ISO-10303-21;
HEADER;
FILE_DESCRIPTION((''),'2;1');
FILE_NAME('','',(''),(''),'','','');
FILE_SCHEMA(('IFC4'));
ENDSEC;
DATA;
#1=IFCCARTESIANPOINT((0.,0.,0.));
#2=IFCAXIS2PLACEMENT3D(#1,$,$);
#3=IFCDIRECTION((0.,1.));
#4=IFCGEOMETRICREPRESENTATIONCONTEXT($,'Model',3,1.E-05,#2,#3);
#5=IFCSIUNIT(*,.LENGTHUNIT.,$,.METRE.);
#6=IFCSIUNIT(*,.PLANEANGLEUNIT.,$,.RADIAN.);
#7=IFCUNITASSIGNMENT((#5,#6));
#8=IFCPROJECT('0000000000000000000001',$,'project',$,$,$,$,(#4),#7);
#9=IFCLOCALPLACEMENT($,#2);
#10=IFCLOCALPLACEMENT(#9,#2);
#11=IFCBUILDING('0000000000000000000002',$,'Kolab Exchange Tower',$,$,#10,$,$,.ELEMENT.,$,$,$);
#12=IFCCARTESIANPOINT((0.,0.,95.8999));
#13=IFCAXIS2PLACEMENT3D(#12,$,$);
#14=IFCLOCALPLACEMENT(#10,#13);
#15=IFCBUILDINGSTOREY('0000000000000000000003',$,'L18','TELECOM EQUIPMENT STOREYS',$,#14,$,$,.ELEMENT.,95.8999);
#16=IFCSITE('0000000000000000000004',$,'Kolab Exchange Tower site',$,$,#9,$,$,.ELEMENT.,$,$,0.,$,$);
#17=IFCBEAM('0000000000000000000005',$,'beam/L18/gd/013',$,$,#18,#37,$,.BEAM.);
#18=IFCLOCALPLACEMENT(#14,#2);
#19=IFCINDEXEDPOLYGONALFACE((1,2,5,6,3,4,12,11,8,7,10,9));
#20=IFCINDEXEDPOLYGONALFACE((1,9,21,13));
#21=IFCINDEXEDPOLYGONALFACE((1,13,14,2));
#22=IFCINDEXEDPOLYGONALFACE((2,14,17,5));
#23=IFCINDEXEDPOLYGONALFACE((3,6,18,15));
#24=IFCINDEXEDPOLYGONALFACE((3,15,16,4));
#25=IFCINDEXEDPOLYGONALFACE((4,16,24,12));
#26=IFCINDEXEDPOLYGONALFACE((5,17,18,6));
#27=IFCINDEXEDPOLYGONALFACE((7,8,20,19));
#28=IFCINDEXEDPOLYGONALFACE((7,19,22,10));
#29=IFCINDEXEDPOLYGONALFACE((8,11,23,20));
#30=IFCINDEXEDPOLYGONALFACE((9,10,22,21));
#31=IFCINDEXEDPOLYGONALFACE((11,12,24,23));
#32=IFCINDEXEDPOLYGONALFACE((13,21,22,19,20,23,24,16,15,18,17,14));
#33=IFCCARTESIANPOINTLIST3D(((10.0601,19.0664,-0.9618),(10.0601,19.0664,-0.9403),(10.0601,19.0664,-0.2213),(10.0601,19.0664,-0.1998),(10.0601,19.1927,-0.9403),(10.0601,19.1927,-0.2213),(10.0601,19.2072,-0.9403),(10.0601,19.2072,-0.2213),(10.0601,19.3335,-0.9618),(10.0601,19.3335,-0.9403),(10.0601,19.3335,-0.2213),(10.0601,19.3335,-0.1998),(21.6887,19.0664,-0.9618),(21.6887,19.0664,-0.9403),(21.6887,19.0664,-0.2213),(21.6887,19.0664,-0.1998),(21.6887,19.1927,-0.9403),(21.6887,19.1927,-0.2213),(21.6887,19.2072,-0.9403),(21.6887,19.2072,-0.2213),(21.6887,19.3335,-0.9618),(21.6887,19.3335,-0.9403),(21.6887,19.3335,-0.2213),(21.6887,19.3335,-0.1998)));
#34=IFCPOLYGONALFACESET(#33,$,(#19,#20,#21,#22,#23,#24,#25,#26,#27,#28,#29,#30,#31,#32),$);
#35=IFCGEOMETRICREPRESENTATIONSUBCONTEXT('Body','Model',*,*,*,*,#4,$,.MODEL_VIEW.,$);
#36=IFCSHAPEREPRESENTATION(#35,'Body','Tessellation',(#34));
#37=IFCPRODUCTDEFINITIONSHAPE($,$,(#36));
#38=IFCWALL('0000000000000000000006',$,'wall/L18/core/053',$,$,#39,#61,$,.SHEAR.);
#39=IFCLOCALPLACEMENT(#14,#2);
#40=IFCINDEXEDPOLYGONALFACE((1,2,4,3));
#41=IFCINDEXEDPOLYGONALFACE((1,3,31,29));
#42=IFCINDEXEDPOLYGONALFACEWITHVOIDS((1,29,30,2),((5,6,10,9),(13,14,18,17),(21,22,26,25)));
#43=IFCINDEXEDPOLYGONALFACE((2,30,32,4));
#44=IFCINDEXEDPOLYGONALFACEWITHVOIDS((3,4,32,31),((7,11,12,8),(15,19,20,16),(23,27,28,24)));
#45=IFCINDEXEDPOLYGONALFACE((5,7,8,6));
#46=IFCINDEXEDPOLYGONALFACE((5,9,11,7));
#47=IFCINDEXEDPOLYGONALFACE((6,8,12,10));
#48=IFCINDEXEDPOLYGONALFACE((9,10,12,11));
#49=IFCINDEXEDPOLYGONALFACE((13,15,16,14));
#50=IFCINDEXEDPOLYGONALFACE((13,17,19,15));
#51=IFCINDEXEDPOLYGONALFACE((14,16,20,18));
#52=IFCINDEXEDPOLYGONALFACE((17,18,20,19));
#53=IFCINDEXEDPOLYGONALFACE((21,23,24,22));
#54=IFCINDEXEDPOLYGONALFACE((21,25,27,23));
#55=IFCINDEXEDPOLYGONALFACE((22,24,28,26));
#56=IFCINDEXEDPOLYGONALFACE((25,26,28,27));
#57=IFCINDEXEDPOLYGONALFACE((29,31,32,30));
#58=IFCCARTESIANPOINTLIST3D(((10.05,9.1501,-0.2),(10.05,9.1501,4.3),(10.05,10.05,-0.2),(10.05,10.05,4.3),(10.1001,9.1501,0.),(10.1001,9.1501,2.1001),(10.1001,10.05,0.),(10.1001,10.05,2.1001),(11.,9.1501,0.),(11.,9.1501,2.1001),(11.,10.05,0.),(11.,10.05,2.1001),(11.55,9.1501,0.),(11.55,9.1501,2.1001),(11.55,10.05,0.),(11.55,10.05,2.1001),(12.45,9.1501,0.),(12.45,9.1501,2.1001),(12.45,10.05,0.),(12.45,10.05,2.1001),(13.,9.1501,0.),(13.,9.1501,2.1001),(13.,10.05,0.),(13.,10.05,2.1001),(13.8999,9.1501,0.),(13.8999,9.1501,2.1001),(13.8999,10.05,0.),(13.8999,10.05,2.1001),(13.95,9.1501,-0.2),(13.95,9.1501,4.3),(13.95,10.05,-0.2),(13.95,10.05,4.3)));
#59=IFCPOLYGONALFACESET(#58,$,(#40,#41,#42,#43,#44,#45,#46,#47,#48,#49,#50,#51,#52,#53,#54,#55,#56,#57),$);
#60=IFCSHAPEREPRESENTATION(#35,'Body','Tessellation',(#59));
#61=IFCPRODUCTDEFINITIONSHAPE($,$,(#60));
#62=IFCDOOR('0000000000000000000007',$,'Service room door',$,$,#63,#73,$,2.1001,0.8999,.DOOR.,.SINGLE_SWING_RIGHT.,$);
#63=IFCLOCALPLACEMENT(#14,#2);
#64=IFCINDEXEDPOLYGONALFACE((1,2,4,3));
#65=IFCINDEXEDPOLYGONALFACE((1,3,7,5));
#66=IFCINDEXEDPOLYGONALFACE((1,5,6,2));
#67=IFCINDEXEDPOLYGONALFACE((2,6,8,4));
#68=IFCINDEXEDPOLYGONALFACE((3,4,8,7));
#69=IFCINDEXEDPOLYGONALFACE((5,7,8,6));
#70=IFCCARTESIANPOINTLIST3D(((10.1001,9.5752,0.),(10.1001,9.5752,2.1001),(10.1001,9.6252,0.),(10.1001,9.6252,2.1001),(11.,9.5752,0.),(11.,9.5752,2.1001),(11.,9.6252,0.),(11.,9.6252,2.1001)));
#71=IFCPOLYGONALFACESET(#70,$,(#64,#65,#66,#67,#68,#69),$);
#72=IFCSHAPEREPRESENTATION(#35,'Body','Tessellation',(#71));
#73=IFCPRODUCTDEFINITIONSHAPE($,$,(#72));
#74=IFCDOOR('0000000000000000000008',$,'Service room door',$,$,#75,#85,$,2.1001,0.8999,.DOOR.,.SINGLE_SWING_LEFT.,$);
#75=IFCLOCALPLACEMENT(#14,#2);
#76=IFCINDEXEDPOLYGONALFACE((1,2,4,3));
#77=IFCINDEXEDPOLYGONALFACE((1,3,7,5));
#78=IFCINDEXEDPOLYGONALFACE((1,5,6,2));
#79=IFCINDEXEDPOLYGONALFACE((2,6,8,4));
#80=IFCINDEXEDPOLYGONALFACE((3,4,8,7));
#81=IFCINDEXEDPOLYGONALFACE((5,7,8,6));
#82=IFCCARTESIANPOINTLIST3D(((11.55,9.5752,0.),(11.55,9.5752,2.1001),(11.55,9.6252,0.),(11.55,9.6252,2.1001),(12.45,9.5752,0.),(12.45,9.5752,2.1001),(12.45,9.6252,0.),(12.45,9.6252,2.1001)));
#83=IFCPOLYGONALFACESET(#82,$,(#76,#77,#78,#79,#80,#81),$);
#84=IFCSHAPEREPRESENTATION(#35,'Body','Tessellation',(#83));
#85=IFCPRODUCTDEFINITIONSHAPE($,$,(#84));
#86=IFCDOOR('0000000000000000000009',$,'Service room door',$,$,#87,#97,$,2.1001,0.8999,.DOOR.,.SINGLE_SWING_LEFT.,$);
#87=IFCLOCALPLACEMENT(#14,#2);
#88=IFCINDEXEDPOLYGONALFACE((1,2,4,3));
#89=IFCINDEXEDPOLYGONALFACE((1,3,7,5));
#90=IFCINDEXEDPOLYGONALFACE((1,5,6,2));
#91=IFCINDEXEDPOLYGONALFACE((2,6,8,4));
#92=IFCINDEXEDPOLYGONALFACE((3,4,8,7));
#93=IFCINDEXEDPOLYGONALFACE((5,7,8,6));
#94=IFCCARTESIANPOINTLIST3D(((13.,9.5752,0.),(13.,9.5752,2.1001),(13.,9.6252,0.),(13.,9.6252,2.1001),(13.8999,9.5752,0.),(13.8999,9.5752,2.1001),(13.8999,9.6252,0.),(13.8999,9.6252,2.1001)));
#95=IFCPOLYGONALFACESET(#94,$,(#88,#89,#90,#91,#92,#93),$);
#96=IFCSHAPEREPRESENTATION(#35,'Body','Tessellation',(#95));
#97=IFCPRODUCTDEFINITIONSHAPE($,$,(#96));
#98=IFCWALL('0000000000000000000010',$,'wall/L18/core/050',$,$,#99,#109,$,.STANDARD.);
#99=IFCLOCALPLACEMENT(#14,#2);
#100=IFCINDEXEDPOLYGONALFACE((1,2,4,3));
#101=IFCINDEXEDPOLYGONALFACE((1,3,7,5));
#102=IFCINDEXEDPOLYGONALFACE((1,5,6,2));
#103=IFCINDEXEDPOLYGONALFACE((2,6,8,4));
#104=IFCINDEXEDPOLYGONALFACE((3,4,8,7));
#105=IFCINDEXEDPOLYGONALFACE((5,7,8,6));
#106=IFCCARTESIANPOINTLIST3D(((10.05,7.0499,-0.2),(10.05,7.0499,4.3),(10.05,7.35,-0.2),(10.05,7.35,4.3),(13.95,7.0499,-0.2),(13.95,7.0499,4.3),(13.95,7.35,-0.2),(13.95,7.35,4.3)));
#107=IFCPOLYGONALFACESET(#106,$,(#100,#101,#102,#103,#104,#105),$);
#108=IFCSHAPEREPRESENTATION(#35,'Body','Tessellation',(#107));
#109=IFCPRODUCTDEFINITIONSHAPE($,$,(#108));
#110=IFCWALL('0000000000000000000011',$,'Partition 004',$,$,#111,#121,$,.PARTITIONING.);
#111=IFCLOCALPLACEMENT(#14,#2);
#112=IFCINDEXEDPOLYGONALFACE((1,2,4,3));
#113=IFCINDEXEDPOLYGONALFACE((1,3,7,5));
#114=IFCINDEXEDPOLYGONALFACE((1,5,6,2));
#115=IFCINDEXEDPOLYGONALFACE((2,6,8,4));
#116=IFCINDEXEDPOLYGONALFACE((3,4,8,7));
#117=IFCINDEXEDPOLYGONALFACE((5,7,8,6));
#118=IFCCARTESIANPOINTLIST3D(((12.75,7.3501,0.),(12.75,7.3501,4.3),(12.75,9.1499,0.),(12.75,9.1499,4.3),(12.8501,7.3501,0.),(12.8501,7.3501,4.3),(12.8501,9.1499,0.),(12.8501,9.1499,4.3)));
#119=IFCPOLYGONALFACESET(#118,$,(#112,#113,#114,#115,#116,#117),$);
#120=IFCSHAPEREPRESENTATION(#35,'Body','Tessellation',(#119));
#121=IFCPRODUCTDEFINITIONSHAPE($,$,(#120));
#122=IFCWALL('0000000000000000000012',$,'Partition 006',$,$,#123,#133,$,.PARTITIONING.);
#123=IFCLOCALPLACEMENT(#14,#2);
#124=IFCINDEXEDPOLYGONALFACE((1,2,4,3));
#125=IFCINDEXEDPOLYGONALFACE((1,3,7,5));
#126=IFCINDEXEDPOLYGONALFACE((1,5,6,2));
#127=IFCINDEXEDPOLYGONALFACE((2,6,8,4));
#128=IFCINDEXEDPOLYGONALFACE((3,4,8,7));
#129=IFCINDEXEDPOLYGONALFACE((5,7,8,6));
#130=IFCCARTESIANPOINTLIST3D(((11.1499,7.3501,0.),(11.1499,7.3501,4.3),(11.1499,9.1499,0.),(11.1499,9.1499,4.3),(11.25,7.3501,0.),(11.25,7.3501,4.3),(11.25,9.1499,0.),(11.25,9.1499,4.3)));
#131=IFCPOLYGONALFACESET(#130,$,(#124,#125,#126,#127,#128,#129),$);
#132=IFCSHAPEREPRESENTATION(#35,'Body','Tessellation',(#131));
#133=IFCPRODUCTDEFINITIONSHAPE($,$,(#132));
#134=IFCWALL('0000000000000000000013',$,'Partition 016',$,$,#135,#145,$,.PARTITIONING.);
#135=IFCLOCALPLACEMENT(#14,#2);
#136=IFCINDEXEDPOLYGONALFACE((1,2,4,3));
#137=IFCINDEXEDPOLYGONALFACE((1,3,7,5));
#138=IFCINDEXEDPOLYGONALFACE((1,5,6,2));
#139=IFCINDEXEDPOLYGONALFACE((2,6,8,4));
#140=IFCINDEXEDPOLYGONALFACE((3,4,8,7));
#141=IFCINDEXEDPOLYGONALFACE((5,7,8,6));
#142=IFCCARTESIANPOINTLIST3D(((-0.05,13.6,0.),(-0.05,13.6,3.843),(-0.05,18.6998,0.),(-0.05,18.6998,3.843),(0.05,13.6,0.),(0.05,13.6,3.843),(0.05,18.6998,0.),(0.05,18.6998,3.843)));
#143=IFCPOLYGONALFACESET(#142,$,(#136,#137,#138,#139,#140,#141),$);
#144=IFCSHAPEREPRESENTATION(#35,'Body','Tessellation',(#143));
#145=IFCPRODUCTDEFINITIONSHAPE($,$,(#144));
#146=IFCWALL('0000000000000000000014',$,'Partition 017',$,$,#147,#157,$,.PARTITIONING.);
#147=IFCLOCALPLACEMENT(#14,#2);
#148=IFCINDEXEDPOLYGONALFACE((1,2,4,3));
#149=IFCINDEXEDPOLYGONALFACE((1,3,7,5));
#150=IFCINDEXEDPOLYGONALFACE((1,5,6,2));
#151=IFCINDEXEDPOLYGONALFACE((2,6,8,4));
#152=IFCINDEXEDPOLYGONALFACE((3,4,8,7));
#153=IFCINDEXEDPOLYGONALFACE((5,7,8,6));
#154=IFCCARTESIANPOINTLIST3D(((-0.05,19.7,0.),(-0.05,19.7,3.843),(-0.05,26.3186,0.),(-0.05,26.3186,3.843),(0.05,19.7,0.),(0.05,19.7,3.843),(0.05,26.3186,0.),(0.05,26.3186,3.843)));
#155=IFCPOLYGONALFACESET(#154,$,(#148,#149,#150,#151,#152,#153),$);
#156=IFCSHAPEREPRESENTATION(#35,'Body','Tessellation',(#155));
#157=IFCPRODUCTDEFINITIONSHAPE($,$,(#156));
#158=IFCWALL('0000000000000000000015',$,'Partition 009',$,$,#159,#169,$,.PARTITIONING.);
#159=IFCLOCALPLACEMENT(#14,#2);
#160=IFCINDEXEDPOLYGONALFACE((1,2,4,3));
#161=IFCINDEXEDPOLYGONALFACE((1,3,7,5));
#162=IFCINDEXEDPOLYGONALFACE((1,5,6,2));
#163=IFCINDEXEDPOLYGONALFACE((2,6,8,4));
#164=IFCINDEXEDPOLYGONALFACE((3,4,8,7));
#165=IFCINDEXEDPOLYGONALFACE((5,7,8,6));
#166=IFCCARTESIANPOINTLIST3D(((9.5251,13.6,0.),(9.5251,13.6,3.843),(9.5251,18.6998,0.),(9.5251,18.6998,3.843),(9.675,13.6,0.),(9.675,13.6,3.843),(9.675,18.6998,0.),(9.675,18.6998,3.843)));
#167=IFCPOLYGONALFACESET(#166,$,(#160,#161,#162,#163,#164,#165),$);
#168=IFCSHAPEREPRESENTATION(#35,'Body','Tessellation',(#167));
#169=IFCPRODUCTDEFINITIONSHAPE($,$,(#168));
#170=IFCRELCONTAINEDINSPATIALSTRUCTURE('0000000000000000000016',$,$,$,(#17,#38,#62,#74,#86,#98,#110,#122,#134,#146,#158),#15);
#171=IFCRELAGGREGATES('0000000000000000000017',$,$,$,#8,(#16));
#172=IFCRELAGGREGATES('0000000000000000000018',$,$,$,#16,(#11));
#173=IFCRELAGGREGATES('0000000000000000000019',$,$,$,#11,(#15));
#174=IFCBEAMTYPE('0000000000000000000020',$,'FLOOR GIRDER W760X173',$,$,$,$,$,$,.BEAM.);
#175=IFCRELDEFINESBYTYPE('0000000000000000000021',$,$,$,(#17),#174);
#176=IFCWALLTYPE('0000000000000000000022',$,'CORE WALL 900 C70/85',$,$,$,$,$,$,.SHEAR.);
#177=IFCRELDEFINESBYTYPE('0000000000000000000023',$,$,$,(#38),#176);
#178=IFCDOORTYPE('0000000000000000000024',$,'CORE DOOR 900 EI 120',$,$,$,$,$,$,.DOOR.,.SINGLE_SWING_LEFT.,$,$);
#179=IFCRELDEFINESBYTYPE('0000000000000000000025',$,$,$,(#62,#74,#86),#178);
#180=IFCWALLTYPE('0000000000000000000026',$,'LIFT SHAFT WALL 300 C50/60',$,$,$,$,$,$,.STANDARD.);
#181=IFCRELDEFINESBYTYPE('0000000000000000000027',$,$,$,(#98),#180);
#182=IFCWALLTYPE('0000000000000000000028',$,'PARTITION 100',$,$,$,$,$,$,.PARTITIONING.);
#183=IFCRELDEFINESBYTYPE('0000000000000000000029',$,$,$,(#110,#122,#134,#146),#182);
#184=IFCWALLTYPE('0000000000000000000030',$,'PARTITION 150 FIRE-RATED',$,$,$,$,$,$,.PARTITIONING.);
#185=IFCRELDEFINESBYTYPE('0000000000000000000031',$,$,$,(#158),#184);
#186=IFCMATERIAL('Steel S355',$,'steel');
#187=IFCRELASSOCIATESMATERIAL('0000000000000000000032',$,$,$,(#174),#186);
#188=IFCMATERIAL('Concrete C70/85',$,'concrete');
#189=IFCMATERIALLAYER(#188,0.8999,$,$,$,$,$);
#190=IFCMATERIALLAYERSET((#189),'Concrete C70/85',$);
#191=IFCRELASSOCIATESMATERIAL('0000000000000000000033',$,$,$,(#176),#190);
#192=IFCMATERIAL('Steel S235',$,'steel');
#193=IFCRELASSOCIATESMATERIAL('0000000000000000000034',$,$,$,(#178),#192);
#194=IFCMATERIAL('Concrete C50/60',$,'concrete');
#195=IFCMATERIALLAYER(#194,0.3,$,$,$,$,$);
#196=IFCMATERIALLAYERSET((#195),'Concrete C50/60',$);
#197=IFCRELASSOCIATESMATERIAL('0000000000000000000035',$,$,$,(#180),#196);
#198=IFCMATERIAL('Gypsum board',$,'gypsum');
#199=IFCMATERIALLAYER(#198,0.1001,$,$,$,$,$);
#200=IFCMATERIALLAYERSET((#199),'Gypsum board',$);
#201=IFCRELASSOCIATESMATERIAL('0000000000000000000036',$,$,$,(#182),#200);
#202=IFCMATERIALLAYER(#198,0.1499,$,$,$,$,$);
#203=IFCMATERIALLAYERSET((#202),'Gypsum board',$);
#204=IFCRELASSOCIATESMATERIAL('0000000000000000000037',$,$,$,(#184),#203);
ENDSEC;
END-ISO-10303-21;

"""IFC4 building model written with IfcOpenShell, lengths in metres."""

from ifc_helpers import new_model, si_unit, direction, frame, frame_2d, origin, origin_2d, place, context, subcontext, project, spatial, rectangle, i_section, extrude, material, layer, layer_set, material_profile, profile_set, type_object, element, fill, save


model = new_model("IFC4")

# Units and contexts
model_context = context("Model", 3, precision=1e-05, world=origin(), true_north=direction((0.0, 1.0)))
body_context = subcontext(model_context, "Body", "Model", "MODEL_VIEW")
ifc_project = project(units=[si_unit("LENGTHUNIT", "METRE"), si_unit("PLANEANGLEUNIT", "RADIAN")], contexts=[model_context])

# Site, building, storey
site_placement = place(None, origin())
site = spatial("IfcSite", under=ifc_project, at=site_placement, Name="Kolab Exchange Tower site", CompositionType="ELEMENT", RefElevation=0.0)
building_placement = place(site_placement, origin())
building = spatial("IfcBuilding", under=site, at=building_placement, Name="Kolab Exchange Tower", CompositionType="ELEMENT")
storey_placement = place(building_placement, frame((0.0, 0.0, 95.8999)))
storey = spatial("IfcBuildingStorey", under=building, at=storey_placement, Name="L18", Description="TELECOM EQUIPMENT STOREYS", CompositionType="ELEMENT", Elevation=95.8999)

# Shared definitions
ifc_material_1 = material(Name="Concrete C70/85", Category="concrete")

# Beam
ifc_material_2 = material(Name="Steel S355", Category="steel")
ifc_material_profile_1 = material_profile(ifc_material_2, i_section(OverallWidth=0.2671, OverallDepth=0.762, WebThickness=0.0144, FlangeThickness=0.0215, at=origin_2d()), Name="W760X173")
ifc_profile_set_1 = profile_set([ifc_material_profile_1], Name="Steel S355")
beam_type_1 = type_object("IfcBeamType", Name="FLOOR GIRDER W760X173", PredefinedType="BEAM", material=ifc_profile_set_1)
beam_1_placement = place(storey_placement, frame((10.0601, 19.2, -0.5808), z_axis=(1.0, 0.0, 0.0), x_axis=(0.0, 1.0, 0.0)))
element("IfcBeam", 1, at=beam_1_placement, inside=storey, type_object=beam_type_1, Name="beam/L18/gd/013", PredefinedType="BEAM", context=body_context, shape_type="SweptSolid", body=[
    extrude(i_section(OverallWidth=0.2671, OverallDepth=0.762, WebThickness=0.0144, FlangeThickness=0.0215, at=origin_2d()), origin(), (0.0, 0.0, 1.0), 11.6287),
])

# Wall, openings, doors
ifc_layer_1 = layer(ifc_material_1, 0.8999)
ifc_layer_set_1 = layer_set([ifc_layer_1], Name="Concrete C70/85")
wall_type_1 = type_object("IfcWallType", Name="CORE WALL 900 C70/85", PredefinedType="SHEAR", material=ifc_layer_set_1)
wall_1_placement = place(storey_placement, frame((10.05, 9.6001, -0.2), z_axis=(0.0, 0.0, 1.0), x_axis=(1.0, 0.0, 0.0)))
wall_1 = element("IfcWall", 2, at=wall_1_placement, inside=storey, type_object=wall_type_1, Name="wall/L18/core/053", PredefinedType="SHEAR", context=body_context, shape_type="SweptSolid", body=[
    extrude(rectangle(XDim=3.8999, YDim=0.8999, at=frame_2d((1.95, 0.0))), origin(), (0.0, 0.0, 1.0), 4.5),
])
opening_1_placement = place(wall_1_placement, frame((0.05, 0.0, 0.2)))
opening_1 = element("IfcOpeningElement", 3, at=opening_1_placement, cuts=wall_1, PredefinedType="OPENING", context=body_context, shape_type="SweptSolid", body=[
    extrude(rectangle(XDim=0.8999, YDim=2.1001, at=frame_2d((0.45, 1.05))), frame((0.0, 0.46, 0.0), z_axis=(0.0, -1.0, 0.0), x_axis=(1.0, 0.0, 0.0)), (0.0, 0.0, 1.0), 0.9199),
])
opening_2_placement = place(wall_1_placement, frame((1.5, 0.0, 0.2)))
opening_2 = element("IfcOpeningElement", 4, at=opening_2_placement, cuts=wall_1, PredefinedType="OPENING", context=body_context, shape_type="SweptSolid", body=[
    extrude(rectangle(XDim=0.8999, YDim=2.1001, at=frame_2d((0.45, 1.05))), frame((0.0, 0.46, 0.0), z_axis=(0.0, -1.0, 0.0), x_axis=(1.0, 0.0, 0.0)), (0.0, 0.0, 1.0), 0.9199),
])
opening_3_placement = place(wall_1_placement, frame((2.95, 0.0, 0.2)))
opening_3 = element("IfcOpeningElement", 5, at=opening_3_placement, cuts=wall_1, PredefinedType="OPENING", context=body_context, shape_type="SweptSolid", body=[
    extrude(rectangle(XDim=0.8999, YDim=2.1001, at=frame_2d((0.45, 1.05))), frame((0.0, 0.46, 0.0), z_axis=(0.0, -1.0, 0.0), x_axis=(1.0, 0.0, 0.0)), (0.0, 0.0, 1.0), 0.9199),
])
ifc_material_3 = material(Name="Steel S235", Category="steel")
door_type = type_object("IfcDoorType", Name="CORE DOOR 900 EI 120", OperationType="SINGLE_SWING_LEFT", PredefinedType="DOOR", material=ifc_material_3)
door_1_placement = place(opening_1_placement, frame((0.8999, 0.0, 0.0), z_axis=(0.0, 0.0, 1.0), x_axis=(-1.0, 0.0, 0.0)))
door_1 = element("IfcDoor", 6, at=door_1_placement, inside=storey, type_object=door_type, Name="Service room door", OperationType="SINGLE_SWING_RIGHT", OverallHeight=2.1001, OverallWidth=0.8999, PredefinedType="DOOR", context=body_context, shape_type="SweptSolid", body=[
    extrude(rectangle(XDim=0.8999, YDim=2.1001, at=frame_2d((0.45, 1.05))), frame((0.0, 0.0249, 0.0), z_axis=(0.0, -1.0, 0.0), x_axis=(1.0, 0.0, 0.0)), (0.0, 0.0, 1.0), 0.05),
])
fill(opening_1, door_1)
door_2_placement = place(opening_2_placement, frame((0.8999, 0.0, 0.0), z_axis=(0.0, 0.0, 1.0), x_axis=(-1.0, 0.0, 0.0)))
door_2 = element("IfcDoor", 7, at=door_2_placement, inside=storey, type_object=door_type, Name="Service room door", OperationType="SINGLE_SWING_LEFT", OverallHeight=2.1001, OverallWidth=0.8999, PredefinedType="DOOR", context=body_context, shape_type="SweptSolid", body=[
    extrude(rectangle(XDim=0.8999, YDim=2.1001, at=frame_2d((0.45, 1.05))), frame((0.0, 0.0249, 0.0), z_axis=(0.0, -1.0, 0.0), x_axis=(1.0, 0.0, 0.0)), (0.0, 0.0, 1.0), 0.05),
])
fill(opening_2, door_2)
door_3_placement = place(opening_3_placement, frame((0.8999, 0.0, 0.0), z_axis=(0.0, 0.0, 1.0), x_axis=(-1.0, 0.0, 0.0)))
door_3 = element("IfcDoor", 8, at=door_3_placement, inside=storey, type_object=door_type, Name="Service room door", OperationType="SINGLE_SWING_LEFT", OverallHeight=2.1001, OverallWidth=0.8999, PredefinedType="DOOR", context=body_context, shape_type="SweptSolid", body=[
    extrude(rectangle(XDim=0.8999, YDim=2.1001, at=frame_2d((0.45, 1.05))), frame((0.0, 0.0249, 0.0), z_axis=(0.0, -1.0, 0.0), x_axis=(1.0, 0.0, 0.0)), (0.0, 0.0, 1.0), 0.05),
])
fill(opening_3, door_3)

# Walls
ifc_material_4 = material(Name="Concrete C50/60", Category="concrete")
ifc_layer_2 = layer(ifc_material_4, 0.3)
ifc_layer_set_2 = layer_set([ifc_layer_2], Name="Concrete C50/60")
wall_type_2 = type_object("IfcWallType", Name="LIFT SHAFT WALL 300 C50/60", PredefinedType="STANDARD", material=ifc_layer_set_2)
wall_2_placement = place(storey_placement, frame((10.05, 7.2, -0.2), z_axis=(0.0, 0.0, 1.0), x_axis=(1.0, 0.0, 0.0)))
element("IfcWall", 9, at=wall_2_placement, inside=storey, type_object=wall_type_2, Name="wall/L18/core/050", PredefinedType="STANDARD", context=body_context, shape_type="SweptSolid", body=[
    extrude(rectangle(XDim=3.8999, YDim=0.3, at=frame_2d((1.95, 0.0))), origin(), (0.0, 0.0, 1.0), 4.5),
])
ifc_material_5 = material(Name="Gypsum board", Category="gypsum")
ifc_layer_3 = layer(ifc_material_5, 0.1001)
ifc_layer_set_3 = layer_set([ifc_layer_3], Name="Gypsum board")
wall_type_3 = type_object("IfcWallType", Name="PARTITION 100", PredefinedType="PARTITIONING", material=ifc_layer_set_3)
for number, where, z_axis, x_axis, name in (
    (10, (12.8, 7.3501, 0.0), (0.0, 0.0, 1.0), (0.0, 1.0, 0.0), "Partition 004"),
    (11, (11.2, 7.3501, 0.0), (0.0, 0.0, 1.0), (0.0, 1.0, 0.0), "Partition 006"),
):
    element("IfcWall", number, at=place(storey_placement, frame(where, z_axis=z_axis, x_axis=x_axis)), inside=storey, type_object=wall_type_3, Name=name, PredefinedType="PARTITIONING", context=body_context, shape_type="SweptSolid", body=[
        extrude(rectangle(XDim=1.7998, YDim=0.1001, at=frame_2d((0.8999, 0.0))), origin(), (0.0, 0.0, 1.0), 4.3),
    ])
wall_3_placement = place(storey_placement, frame((0.0, 13.6001, 0.0), z_axis=(0.0, 0.0, 1.0), x_axis=(0.0, 1.0, 0.0)))
element("IfcWall", 12, at=wall_3_placement, inside=storey, type_object=wall_type_3, Name="Partition 016", PredefinedType="PARTITIONING", context=body_context, shape_type="SweptSolid", body=[
    extrude(rectangle(XDim=5.0999, YDim=0.1001, at=frame_2d((2.5498, 0.0))), origin(), (0.0, 0.0, 1.0), 3.843),
])
wall_4_placement = place(storey_placement, frame((0.0, 19.7, 0.0), z_axis=(0.0, 0.0, 1.0), x_axis=(0.0, 1.0, 0.0)))
element("IfcWall", 13, at=wall_4_placement, inside=storey, type_object=wall_type_3, Name="Partition 017", PredefinedType="PARTITIONING", context=body_context, shape_type="SweptSolid", body=[
    extrude(rectangle(XDim=6.6187, YDim=0.1001, at=frame_2d((3.3093, 0.0))), origin(), (0.0, 0.0, 1.0), 3.843),
])
ifc_layer_4 = layer(ifc_material_5, 0.1499)
ifc_layer_set_4 = layer_set([ifc_layer_4], Name="Gypsum board")
wall_type_4 = type_object("IfcWallType", Name="PARTITION 150 FIRE-RATED", PredefinedType="PARTITIONING", material=ifc_layer_set_4)
wall_5_placement = place(storey_placement, frame((9.6001, 13.6001, 0.0), z_axis=(0.0, 0.0, 1.0), x_axis=(0.0, 1.0, 0.0)))
element("IfcWall", 14, at=wall_5_placement, inside=storey, type_object=wall_type_4, Name="Partition 009", PredefinedType="PARTITIONING", context=body_context, shape_type="SweptSolid", body=[
    extrude(rectangle(XDim=5.0999, YDim=0.1499, at=frame_2d((2.5498, 0.0))), origin(), (0.0, 0.0, 1.0), 3.843),
])

save(model, "model.ifc")
